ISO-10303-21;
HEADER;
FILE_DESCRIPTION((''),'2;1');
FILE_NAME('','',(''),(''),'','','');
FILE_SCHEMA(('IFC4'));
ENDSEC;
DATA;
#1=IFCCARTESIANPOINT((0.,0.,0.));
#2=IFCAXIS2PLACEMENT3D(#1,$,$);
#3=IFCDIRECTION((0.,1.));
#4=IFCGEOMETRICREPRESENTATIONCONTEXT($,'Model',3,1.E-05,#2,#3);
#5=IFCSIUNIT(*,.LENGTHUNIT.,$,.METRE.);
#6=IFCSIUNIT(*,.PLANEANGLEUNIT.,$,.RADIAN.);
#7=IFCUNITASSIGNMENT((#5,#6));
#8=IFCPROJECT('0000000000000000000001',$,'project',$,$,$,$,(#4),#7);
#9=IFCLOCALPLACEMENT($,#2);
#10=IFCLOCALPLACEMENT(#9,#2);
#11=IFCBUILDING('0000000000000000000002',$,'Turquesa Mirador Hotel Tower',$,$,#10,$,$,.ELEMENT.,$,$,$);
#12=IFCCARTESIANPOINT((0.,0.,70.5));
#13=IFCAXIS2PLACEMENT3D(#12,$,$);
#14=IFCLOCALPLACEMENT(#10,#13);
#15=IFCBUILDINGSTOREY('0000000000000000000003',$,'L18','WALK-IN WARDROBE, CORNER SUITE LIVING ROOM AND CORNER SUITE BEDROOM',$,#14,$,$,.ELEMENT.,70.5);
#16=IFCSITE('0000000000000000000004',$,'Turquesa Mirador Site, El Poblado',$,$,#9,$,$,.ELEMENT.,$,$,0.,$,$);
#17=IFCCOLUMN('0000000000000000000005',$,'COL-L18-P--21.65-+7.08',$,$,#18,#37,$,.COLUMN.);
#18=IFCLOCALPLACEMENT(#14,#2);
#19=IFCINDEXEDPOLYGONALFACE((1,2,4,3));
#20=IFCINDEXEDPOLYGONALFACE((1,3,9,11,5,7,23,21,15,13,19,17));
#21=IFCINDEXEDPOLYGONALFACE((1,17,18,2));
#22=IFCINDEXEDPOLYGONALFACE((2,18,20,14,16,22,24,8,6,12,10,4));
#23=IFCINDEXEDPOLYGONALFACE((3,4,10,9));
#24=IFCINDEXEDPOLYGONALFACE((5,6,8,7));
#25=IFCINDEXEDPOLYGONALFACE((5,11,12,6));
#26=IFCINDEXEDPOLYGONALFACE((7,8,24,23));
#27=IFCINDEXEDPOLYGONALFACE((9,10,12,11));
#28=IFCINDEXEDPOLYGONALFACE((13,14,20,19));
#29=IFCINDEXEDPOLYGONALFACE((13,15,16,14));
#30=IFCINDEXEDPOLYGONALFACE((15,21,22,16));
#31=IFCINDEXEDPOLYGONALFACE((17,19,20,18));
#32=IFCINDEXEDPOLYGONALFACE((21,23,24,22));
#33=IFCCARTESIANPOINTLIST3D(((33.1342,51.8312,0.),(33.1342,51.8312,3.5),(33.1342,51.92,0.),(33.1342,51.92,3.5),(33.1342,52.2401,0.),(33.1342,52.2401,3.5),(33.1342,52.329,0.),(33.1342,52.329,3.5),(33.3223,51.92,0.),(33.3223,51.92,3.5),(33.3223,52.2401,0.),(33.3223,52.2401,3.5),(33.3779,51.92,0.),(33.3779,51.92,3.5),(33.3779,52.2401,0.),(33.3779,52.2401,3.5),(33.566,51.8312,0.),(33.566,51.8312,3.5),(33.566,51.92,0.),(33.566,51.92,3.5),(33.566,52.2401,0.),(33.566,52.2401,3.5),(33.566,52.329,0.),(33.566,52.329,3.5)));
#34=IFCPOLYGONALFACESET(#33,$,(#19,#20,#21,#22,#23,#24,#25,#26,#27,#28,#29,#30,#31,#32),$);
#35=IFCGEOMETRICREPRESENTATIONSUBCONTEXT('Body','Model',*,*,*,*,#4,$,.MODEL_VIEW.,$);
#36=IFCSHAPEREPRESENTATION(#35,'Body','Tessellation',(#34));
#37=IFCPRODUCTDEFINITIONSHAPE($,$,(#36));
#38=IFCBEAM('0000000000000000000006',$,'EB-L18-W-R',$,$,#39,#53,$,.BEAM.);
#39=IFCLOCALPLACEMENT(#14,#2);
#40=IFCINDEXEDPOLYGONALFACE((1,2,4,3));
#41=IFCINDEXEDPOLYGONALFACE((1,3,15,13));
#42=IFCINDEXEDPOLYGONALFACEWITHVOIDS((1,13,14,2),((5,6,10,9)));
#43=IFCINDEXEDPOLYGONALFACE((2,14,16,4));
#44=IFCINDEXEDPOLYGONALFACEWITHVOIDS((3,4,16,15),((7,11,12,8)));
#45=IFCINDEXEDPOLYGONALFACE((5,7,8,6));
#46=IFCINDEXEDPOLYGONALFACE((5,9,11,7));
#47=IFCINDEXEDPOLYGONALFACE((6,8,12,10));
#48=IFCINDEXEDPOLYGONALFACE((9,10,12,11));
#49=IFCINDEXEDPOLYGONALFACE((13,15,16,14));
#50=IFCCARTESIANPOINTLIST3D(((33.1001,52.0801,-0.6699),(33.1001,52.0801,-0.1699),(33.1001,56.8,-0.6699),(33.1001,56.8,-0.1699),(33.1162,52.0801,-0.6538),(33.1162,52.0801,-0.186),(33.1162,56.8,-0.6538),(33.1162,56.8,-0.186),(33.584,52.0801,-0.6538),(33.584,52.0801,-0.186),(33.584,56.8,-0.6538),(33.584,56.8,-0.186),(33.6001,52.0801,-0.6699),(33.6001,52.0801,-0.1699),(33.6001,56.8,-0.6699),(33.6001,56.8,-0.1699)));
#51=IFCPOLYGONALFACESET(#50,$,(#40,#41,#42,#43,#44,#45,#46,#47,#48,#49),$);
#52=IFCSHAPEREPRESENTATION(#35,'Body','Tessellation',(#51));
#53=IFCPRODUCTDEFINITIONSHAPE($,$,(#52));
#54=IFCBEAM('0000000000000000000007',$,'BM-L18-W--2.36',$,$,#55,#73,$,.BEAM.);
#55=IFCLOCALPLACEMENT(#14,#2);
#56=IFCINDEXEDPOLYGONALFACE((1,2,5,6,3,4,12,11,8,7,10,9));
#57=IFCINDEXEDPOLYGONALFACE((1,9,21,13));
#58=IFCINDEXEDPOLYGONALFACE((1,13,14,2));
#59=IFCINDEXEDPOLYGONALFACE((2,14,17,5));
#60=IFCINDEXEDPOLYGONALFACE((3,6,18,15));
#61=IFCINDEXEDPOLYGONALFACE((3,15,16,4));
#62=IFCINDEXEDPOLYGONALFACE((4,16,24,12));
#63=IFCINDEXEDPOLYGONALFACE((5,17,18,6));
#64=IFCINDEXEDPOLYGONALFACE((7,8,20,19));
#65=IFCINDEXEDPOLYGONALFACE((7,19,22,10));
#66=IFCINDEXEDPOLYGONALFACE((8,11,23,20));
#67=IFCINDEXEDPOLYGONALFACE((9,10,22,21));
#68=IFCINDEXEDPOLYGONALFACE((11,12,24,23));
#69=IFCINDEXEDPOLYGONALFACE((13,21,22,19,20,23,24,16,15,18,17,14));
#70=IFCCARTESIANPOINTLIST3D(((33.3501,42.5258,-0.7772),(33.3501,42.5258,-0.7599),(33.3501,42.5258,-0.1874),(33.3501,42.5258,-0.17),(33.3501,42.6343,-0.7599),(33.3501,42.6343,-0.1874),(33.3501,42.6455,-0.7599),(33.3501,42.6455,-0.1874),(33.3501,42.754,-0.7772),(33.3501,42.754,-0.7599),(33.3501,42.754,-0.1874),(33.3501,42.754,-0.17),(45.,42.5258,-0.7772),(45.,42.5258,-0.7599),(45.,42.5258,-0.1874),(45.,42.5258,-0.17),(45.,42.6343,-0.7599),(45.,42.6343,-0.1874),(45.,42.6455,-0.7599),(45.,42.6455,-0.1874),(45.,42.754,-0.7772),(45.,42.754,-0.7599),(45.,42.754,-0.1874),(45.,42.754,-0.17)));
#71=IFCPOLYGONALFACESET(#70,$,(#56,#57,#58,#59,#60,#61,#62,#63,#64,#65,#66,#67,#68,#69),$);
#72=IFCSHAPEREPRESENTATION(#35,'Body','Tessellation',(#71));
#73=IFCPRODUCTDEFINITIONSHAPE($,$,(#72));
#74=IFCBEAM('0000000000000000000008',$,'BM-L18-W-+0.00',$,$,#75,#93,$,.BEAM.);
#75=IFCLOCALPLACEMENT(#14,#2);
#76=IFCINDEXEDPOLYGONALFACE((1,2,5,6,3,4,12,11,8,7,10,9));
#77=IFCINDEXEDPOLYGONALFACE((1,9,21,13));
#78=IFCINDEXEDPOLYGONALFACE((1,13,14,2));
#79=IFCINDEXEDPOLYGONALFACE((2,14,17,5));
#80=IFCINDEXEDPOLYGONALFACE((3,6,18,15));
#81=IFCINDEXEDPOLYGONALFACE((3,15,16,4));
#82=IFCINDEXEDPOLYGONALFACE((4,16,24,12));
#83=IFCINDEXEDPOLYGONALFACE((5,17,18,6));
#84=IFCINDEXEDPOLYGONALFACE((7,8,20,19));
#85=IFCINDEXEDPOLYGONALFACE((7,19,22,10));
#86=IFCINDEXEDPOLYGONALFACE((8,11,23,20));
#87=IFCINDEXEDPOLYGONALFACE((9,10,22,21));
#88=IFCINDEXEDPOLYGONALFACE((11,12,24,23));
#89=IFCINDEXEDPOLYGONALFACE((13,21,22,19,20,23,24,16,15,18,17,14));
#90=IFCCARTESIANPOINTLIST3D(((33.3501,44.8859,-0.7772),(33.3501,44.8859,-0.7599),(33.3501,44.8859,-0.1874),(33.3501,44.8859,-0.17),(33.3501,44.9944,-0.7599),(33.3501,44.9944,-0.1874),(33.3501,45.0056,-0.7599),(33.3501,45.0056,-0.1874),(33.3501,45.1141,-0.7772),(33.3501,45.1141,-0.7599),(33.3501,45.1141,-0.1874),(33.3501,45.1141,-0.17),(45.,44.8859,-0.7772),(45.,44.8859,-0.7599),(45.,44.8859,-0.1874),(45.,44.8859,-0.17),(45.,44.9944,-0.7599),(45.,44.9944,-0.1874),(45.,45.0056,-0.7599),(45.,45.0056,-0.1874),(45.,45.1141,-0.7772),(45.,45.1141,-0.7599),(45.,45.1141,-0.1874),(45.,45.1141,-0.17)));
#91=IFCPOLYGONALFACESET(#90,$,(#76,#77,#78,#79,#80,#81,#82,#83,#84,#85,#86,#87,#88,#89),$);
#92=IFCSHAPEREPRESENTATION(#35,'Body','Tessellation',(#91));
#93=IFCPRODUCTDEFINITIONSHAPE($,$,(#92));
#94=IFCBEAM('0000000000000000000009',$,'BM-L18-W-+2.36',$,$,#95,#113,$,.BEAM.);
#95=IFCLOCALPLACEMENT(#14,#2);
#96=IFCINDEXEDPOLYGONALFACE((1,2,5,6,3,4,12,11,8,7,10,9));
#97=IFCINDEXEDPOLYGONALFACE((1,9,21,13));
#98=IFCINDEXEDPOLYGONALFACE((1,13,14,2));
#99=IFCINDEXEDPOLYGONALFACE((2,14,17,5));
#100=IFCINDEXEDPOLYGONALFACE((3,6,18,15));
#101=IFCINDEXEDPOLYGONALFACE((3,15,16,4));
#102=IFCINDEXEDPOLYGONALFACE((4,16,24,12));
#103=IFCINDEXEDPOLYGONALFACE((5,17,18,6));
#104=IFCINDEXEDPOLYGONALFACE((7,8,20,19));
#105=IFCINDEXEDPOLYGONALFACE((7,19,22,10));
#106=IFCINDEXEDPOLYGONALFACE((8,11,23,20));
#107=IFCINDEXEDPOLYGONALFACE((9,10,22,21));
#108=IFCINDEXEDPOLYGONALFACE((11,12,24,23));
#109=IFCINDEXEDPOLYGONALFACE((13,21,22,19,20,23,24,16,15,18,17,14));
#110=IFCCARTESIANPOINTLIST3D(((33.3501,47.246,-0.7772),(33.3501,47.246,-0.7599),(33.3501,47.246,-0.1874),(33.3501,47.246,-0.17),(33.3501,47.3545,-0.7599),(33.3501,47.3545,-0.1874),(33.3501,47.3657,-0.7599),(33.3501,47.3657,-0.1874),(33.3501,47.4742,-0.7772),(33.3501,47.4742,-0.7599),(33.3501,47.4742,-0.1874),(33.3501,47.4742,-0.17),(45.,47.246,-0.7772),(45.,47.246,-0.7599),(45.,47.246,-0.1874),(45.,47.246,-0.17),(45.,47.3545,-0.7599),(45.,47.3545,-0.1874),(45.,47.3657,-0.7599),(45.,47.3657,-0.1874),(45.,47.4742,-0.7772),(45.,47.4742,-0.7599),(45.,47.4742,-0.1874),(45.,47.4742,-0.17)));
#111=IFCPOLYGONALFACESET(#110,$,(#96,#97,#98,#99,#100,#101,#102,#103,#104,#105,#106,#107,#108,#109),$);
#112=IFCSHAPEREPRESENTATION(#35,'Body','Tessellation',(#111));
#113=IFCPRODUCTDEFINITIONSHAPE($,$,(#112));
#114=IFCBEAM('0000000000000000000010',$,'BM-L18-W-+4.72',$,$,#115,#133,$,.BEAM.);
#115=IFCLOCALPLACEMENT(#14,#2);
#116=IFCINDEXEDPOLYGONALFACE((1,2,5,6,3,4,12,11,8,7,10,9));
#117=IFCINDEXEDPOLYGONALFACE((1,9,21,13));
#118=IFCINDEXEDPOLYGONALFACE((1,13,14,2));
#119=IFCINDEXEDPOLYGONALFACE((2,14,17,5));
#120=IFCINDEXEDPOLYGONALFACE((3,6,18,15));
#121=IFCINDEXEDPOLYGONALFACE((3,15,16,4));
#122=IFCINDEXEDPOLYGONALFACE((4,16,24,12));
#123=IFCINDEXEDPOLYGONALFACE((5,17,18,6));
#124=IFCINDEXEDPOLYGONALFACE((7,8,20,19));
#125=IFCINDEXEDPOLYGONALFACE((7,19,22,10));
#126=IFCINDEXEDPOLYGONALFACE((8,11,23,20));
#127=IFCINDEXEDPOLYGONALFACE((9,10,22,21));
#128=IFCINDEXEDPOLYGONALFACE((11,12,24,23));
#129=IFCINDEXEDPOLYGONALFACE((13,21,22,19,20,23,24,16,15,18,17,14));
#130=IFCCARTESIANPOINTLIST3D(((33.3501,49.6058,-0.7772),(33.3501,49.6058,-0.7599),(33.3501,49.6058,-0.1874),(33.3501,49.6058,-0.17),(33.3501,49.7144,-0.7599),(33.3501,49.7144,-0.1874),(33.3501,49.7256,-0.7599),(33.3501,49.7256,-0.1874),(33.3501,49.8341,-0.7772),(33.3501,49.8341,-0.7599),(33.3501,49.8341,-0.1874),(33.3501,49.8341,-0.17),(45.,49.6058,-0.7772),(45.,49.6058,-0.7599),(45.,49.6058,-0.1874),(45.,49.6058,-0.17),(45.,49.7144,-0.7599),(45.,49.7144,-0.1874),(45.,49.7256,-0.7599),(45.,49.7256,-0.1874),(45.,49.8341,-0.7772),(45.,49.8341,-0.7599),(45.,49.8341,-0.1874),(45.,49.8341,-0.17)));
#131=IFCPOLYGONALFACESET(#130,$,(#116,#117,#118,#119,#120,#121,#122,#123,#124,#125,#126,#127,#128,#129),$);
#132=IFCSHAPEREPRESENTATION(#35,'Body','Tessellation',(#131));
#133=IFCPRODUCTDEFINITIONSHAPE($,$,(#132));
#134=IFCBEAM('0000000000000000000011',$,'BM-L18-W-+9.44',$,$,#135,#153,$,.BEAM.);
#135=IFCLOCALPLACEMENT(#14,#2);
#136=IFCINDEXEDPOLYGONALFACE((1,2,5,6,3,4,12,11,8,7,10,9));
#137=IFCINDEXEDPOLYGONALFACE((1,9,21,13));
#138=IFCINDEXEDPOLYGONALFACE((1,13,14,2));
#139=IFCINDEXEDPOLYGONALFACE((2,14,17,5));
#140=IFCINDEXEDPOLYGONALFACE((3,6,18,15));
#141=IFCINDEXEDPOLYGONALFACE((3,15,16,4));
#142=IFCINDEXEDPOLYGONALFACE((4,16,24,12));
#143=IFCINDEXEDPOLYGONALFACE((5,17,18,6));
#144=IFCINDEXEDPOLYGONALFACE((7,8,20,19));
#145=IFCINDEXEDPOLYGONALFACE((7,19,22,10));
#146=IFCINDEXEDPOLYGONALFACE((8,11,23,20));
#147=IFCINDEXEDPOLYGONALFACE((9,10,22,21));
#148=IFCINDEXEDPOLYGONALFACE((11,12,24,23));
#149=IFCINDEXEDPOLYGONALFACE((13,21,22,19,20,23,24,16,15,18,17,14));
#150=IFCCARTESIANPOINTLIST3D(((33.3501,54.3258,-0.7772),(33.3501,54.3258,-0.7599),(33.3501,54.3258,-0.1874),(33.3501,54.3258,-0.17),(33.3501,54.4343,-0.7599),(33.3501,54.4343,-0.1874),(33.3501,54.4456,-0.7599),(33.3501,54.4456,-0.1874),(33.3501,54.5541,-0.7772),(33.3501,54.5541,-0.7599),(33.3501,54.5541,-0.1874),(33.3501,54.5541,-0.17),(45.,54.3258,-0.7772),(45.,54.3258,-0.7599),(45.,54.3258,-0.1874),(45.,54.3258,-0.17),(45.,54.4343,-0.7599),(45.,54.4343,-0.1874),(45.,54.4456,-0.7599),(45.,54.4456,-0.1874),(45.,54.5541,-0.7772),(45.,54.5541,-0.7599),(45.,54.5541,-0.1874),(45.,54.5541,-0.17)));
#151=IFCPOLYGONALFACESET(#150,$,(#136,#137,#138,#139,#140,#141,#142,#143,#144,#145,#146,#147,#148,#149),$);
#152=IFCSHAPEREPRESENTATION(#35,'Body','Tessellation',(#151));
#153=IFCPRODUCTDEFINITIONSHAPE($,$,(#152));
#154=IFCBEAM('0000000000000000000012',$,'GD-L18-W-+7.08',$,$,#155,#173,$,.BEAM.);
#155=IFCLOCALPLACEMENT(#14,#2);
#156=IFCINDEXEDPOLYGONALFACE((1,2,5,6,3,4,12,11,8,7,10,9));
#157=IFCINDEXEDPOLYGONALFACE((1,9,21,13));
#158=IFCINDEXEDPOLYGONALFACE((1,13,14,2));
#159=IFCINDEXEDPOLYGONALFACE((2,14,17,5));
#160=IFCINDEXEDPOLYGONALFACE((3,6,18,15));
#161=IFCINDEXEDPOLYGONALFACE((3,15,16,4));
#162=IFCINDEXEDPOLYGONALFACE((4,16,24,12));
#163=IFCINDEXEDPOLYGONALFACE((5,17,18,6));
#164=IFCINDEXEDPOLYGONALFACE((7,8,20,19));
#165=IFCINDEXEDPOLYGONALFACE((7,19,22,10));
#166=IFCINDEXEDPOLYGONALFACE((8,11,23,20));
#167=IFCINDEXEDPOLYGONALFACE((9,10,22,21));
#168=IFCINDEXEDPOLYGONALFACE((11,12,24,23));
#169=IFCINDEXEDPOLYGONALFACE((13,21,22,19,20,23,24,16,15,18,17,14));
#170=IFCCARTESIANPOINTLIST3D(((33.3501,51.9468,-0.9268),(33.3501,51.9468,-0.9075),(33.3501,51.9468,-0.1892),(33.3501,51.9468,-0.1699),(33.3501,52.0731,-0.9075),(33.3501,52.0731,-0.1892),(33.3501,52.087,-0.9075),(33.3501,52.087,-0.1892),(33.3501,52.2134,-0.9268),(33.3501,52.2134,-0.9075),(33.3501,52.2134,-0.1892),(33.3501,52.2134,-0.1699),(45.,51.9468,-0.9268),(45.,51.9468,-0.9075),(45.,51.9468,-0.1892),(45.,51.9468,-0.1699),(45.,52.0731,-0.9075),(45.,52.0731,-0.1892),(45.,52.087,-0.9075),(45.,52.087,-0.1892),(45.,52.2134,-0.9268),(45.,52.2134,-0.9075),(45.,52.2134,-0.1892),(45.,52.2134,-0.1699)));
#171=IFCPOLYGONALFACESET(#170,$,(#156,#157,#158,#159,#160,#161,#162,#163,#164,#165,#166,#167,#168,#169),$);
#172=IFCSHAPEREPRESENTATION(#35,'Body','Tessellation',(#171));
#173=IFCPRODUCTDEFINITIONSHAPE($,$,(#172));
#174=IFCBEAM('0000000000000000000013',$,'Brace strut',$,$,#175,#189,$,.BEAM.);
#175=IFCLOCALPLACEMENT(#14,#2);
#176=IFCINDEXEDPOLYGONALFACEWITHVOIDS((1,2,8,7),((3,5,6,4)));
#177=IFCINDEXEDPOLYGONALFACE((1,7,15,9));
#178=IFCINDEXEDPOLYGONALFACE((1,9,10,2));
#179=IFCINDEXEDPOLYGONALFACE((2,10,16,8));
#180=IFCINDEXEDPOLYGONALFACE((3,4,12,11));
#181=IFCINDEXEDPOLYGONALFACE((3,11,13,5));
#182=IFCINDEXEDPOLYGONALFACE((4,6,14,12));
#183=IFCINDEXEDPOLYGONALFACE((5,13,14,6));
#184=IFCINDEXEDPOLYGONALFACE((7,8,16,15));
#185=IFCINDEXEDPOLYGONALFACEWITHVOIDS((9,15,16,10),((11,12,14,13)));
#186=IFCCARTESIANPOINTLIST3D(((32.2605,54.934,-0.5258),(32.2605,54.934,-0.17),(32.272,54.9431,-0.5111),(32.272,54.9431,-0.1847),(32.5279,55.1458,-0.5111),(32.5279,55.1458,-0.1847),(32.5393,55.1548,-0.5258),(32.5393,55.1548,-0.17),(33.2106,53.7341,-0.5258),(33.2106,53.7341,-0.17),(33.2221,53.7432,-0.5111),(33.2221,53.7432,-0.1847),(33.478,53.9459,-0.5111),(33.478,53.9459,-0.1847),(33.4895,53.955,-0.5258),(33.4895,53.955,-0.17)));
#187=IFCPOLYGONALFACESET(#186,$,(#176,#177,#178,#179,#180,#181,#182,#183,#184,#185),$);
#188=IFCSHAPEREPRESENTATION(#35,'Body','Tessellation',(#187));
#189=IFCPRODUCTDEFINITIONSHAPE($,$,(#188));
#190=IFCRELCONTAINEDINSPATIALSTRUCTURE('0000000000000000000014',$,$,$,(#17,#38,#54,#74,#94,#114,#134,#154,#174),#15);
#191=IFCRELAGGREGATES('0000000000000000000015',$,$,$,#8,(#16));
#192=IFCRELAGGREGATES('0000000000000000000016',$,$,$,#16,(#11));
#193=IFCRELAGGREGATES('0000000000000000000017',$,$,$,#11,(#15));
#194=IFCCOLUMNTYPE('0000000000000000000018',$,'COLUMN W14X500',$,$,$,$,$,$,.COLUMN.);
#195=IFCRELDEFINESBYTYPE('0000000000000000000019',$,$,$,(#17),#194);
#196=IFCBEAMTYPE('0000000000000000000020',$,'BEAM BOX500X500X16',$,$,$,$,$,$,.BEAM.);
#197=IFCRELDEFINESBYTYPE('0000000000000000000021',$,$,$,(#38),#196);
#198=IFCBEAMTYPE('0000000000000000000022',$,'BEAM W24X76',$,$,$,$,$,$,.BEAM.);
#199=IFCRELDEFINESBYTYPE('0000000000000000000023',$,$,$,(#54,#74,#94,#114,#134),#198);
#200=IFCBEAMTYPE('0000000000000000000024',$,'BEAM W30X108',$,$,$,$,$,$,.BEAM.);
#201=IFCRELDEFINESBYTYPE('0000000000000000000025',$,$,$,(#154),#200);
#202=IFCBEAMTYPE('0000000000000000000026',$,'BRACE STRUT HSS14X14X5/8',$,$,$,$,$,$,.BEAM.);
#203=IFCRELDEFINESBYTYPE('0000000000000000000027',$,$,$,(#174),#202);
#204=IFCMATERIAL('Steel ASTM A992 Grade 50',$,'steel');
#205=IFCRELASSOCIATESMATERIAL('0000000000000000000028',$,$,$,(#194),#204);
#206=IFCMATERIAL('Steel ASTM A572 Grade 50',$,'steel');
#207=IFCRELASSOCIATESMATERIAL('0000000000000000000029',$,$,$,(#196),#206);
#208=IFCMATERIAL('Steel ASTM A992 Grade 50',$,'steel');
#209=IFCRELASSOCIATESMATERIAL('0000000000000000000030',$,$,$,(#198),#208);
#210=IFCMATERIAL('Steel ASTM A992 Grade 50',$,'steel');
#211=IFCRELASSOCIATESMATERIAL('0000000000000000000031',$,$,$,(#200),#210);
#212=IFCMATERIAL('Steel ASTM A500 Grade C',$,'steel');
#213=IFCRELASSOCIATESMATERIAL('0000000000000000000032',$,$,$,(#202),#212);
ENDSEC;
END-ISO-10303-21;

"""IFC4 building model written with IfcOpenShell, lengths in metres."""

from ifc_helpers import new_model, si_unit, direction, frame, origin, origin_2d, place, context, subcontext, project, spatial, hollow_rectangle, i_section, extrude, material, material_profile, profile_set, type_object, element, save


model = new_model("IFC4")

# Units and contexts
model_context = context("Model", 3, precision=1e-05, world=origin(), true_north=direction((0.0, 1.0)))
body_context = subcontext(model_context, "Body", "Model", "MODEL_VIEW")
ifc_project = project(units=[si_unit("LENGTHUNIT", "METRE"), si_unit("PLANEANGLEUNIT", "RADIAN")], contexts=[model_context])

# Site, building, storey
site_placement = place(None, origin())
site = spatial("IfcSite", under=ifc_project, at=site_placement, Name="Turquesa Mirador Site, El Poblado", CompositionType="ELEMENT", RefElevation=0.0)
building_placement = place(site_placement, origin())
building = spatial("IfcBuilding", under=site, at=building_placement, Name="Turquesa Mirador Hotel Tower", CompositionType="ELEMENT")
storey_placement = place(building_placement, frame((0.0, 0.0, 70.5)))
storey = spatial("IfcBuildingStorey", under=building, at=storey_placement, Name="L18", Description="WALK-IN WARDROBE, CORNER SUITE LIVING ROOM AND CORNER SUITE BEDROOM", CompositionType="ELEMENT", Elevation=70.5)

# Column
ifc_material_1 = material(Name="Steel ASTM A992 Grade 50", Category="steel")
ifc_material_profile_1 = material_profile(ifc_material_1, i_section(OverallWidth=0.4319, OverallDepth=0.4978, WebThickness=0.0557, FlangeThickness=0.0889, at=origin_2d()), Name="W14X500")
ifc_profile_set_1 = profile_set([ifc_material_profile_1], Name="Steel ASTM A992 Grade 50")
column_type = type_object("IfcColumnType", Name="COLUMN W14X500", PredefinedType="COLUMN", material=ifc_profile_set_1)
column_placement = place(storey_placement, frame((33.3501, 52.0801, 0.0), z_axis=(0.0, 0.0, 1.0), x_axis=(1.0, 0.0, 0.0)))
element("IfcColumn", 1, at=column_placement, inside=storey, type_object=column_type, Name="COL-L18-P--21.65-+7.08", PredefinedType="COLUMN", context=body_context, shape_type="SweptSolid", body=[
    extrude(i_section(OverallWidth=0.4319, OverallDepth=0.4978, WebThickness=0.0557, FlangeThickness=0.0889, at=origin_2d()), origin(), (0.0, 0.0, 1.0), 3.5),
])

# Beams
ifc_material_2 = material(Name="Steel ASTM A572 Grade 50", Category="steel")
ifc_material_profile_2 = material_profile(ifc_material_2, hollow_rectangle(XDim=0.5, YDim=0.5, WallThickness=0.0161, at=origin_2d()), Name="BOX500X500X16")
ifc_profile_set_2 = profile_set([ifc_material_profile_2], Name="Steel ASTM A572 Grade 50")
beam_type_1 = type_object("IfcBeamType", Name="BEAM BOX500X500X16", PredefinedType="BEAM", material=ifc_profile_set_2)
beam_1_placement = place(storey_placement, frame((33.3501, 52.0801, -0.4199), z_axis=(0.0, 1.0, 0.0), x_axis=(-1.0, 0.0, 0.0)))
element("IfcBeam", 2, at=beam_1_placement, inside=storey, type_object=beam_type_1, Name="EB-L18-W-R", PredefinedType="BEAM", context=body_context, shape_type="SweptSolid", body=[
    extrude(hollow_rectangle(XDim=0.5, YDim=0.5, WallThickness=0.0161, at=origin_2d()), origin(), (0.0, 0.0, 1.0), 4.72),
])
ifc_material_3 = material(Name="Steel ASTM A992 Grade 50", Category="steel")
ifc_material_profile_3 = material_profile(ifc_material_3, i_section(OverallWidth=0.2283, OverallDepth=0.6072, WebThickness=0.0112, FlangeThickness=0.0173, at=origin_2d()), Name="W24X76")
ifc_profile_set_3 = profile_set([ifc_material_profile_3], Name="Steel ASTM A992 Grade 50")
beam_type_2 = type_object("IfcBeamType", Name="BEAM W24X76", PredefinedType="BEAM", material=ifc_profile_set_3)
for number, where, z_axis, x_axis, name in (
    (3, (33.3501, 42.6399, -0.4736), (1.0, 0.0, 0.0), (0.0, 1.0, 0.0), "BM-L18-W--2.36"),
    (4, (33.3501, 45.0, -0.4736), (1.0, 0.0, 0.0), (0.0, 1.0, 0.0), "BM-L18-W-+0.00"),
    (5, (33.3501, 47.3601, -0.4736), (1.0, 0.0, 0.0), (0.0, 1.0, 0.0), "BM-L18-W-+2.36"),
    (6, (33.3501, 49.72, -0.4736), (1.0, 0.0, 0.0), (0.0, 1.0, 0.0), "BM-L18-W-+4.72"),
    (7, (33.3501, 54.4399, -0.4736), (1.0, 0.0, 0.0), (0.0, 1.0, 0.0), "BM-L18-W-+9.44"),
):
    element("IfcBeam", number, at=place(storey_placement, frame(where, z_axis=z_axis, x_axis=x_axis)), inside=storey, type_object=beam_type_2, Name=name, PredefinedType="BEAM", context=body_context, shape_type="SweptSolid", body=[
        extrude(i_section(OverallWidth=0.2283, OverallDepth=0.6072, WebThickness=0.0112, FlangeThickness=0.0173, at=origin_2d()), origin(), (0.0, 0.0, 1.0), 11.6499),
    ])
ifc_material_4 = material(Name="Steel ASTM A992 Grade 50", Category="steel")
ifc_material_profile_4 = material_profile(ifc_material_4, i_section(OverallWidth=0.2666, OverallDepth=0.7568, WebThickness=0.0139, FlangeThickness=0.0193, at=origin_2d()), Name="W30X108")
ifc_profile_set_4 = profile_set([ifc_material_profile_4], Name="Steel ASTM A992 Grade 50")
beam_type_3 = type_object("IfcBeamType", Name="BEAM W30X108", PredefinedType="BEAM", material=ifc_profile_set_4)
beam_2_placement = place(storey_placement, frame((33.3501, 52.0801, -0.5483), z_axis=(1.0, 0.0, 0.0), x_axis=(0.0, 1.0, 0.0)))
element("IfcBeam", 8, at=beam_2_placement, inside=storey, type_object=beam_type_3, Name="GD-L18-W-+7.08", PredefinedType="BEAM", context=body_context, shape_type="SweptSolid", body=[
    extrude(i_section(OverallWidth=0.2666, OverallDepth=0.7568, WebThickness=0.0139, FlangeThickness=0.0193, at=origin_2d()), origin(), (0.0, 0.0, 1.0), 11.6499),
])
ifc_material_5 = material(Name="Steel ASTM A500 Grade C", Category="steel")
ifc_material_profile_5 = material_profile(ifc_material_5, hollow_rectangle(XDim=0.3557, YDim=0.3557, WallThickness=0.0146, at=origin_2d()), Name="HSS14X14X5/8")
ifc_profile_set_5 = profile_set([ifc_material_profile_5], Name="Steel ASTM A500 Grade C")
beam_type_4 = type_object("IfcBeamType", Name="BRACE STRUT HSS14X14X5/8", PredefinedType="BEAM", material=ifc_profile_set_5)
for number, where, z_axis, x_axis, name in (
    (9, (32.3999, 55.0444, -0.3479), (0.620797, -0.783971, 0.0), (0.783971, 0.620797, 0.0), "Brace strut"),
):
    element("IfcBeam", number, at=place(storey_placement, frame(where, z_axis=z_axis, x_axis=x_axis)), inside=storey, type_object=beam_type_4, Name=name, PredefinedType="BEAM", context=body_context, shape_type="SweptSolid", body=[
        extrude(hollow_rectangle(XDim=0.3557, YDim=0.3557, WallThickness=0.0146, at=origin_2d()), origin(), (0.0, 0.0, 1.0), 1.5305),
    ])

save(model, "model.ifc")
